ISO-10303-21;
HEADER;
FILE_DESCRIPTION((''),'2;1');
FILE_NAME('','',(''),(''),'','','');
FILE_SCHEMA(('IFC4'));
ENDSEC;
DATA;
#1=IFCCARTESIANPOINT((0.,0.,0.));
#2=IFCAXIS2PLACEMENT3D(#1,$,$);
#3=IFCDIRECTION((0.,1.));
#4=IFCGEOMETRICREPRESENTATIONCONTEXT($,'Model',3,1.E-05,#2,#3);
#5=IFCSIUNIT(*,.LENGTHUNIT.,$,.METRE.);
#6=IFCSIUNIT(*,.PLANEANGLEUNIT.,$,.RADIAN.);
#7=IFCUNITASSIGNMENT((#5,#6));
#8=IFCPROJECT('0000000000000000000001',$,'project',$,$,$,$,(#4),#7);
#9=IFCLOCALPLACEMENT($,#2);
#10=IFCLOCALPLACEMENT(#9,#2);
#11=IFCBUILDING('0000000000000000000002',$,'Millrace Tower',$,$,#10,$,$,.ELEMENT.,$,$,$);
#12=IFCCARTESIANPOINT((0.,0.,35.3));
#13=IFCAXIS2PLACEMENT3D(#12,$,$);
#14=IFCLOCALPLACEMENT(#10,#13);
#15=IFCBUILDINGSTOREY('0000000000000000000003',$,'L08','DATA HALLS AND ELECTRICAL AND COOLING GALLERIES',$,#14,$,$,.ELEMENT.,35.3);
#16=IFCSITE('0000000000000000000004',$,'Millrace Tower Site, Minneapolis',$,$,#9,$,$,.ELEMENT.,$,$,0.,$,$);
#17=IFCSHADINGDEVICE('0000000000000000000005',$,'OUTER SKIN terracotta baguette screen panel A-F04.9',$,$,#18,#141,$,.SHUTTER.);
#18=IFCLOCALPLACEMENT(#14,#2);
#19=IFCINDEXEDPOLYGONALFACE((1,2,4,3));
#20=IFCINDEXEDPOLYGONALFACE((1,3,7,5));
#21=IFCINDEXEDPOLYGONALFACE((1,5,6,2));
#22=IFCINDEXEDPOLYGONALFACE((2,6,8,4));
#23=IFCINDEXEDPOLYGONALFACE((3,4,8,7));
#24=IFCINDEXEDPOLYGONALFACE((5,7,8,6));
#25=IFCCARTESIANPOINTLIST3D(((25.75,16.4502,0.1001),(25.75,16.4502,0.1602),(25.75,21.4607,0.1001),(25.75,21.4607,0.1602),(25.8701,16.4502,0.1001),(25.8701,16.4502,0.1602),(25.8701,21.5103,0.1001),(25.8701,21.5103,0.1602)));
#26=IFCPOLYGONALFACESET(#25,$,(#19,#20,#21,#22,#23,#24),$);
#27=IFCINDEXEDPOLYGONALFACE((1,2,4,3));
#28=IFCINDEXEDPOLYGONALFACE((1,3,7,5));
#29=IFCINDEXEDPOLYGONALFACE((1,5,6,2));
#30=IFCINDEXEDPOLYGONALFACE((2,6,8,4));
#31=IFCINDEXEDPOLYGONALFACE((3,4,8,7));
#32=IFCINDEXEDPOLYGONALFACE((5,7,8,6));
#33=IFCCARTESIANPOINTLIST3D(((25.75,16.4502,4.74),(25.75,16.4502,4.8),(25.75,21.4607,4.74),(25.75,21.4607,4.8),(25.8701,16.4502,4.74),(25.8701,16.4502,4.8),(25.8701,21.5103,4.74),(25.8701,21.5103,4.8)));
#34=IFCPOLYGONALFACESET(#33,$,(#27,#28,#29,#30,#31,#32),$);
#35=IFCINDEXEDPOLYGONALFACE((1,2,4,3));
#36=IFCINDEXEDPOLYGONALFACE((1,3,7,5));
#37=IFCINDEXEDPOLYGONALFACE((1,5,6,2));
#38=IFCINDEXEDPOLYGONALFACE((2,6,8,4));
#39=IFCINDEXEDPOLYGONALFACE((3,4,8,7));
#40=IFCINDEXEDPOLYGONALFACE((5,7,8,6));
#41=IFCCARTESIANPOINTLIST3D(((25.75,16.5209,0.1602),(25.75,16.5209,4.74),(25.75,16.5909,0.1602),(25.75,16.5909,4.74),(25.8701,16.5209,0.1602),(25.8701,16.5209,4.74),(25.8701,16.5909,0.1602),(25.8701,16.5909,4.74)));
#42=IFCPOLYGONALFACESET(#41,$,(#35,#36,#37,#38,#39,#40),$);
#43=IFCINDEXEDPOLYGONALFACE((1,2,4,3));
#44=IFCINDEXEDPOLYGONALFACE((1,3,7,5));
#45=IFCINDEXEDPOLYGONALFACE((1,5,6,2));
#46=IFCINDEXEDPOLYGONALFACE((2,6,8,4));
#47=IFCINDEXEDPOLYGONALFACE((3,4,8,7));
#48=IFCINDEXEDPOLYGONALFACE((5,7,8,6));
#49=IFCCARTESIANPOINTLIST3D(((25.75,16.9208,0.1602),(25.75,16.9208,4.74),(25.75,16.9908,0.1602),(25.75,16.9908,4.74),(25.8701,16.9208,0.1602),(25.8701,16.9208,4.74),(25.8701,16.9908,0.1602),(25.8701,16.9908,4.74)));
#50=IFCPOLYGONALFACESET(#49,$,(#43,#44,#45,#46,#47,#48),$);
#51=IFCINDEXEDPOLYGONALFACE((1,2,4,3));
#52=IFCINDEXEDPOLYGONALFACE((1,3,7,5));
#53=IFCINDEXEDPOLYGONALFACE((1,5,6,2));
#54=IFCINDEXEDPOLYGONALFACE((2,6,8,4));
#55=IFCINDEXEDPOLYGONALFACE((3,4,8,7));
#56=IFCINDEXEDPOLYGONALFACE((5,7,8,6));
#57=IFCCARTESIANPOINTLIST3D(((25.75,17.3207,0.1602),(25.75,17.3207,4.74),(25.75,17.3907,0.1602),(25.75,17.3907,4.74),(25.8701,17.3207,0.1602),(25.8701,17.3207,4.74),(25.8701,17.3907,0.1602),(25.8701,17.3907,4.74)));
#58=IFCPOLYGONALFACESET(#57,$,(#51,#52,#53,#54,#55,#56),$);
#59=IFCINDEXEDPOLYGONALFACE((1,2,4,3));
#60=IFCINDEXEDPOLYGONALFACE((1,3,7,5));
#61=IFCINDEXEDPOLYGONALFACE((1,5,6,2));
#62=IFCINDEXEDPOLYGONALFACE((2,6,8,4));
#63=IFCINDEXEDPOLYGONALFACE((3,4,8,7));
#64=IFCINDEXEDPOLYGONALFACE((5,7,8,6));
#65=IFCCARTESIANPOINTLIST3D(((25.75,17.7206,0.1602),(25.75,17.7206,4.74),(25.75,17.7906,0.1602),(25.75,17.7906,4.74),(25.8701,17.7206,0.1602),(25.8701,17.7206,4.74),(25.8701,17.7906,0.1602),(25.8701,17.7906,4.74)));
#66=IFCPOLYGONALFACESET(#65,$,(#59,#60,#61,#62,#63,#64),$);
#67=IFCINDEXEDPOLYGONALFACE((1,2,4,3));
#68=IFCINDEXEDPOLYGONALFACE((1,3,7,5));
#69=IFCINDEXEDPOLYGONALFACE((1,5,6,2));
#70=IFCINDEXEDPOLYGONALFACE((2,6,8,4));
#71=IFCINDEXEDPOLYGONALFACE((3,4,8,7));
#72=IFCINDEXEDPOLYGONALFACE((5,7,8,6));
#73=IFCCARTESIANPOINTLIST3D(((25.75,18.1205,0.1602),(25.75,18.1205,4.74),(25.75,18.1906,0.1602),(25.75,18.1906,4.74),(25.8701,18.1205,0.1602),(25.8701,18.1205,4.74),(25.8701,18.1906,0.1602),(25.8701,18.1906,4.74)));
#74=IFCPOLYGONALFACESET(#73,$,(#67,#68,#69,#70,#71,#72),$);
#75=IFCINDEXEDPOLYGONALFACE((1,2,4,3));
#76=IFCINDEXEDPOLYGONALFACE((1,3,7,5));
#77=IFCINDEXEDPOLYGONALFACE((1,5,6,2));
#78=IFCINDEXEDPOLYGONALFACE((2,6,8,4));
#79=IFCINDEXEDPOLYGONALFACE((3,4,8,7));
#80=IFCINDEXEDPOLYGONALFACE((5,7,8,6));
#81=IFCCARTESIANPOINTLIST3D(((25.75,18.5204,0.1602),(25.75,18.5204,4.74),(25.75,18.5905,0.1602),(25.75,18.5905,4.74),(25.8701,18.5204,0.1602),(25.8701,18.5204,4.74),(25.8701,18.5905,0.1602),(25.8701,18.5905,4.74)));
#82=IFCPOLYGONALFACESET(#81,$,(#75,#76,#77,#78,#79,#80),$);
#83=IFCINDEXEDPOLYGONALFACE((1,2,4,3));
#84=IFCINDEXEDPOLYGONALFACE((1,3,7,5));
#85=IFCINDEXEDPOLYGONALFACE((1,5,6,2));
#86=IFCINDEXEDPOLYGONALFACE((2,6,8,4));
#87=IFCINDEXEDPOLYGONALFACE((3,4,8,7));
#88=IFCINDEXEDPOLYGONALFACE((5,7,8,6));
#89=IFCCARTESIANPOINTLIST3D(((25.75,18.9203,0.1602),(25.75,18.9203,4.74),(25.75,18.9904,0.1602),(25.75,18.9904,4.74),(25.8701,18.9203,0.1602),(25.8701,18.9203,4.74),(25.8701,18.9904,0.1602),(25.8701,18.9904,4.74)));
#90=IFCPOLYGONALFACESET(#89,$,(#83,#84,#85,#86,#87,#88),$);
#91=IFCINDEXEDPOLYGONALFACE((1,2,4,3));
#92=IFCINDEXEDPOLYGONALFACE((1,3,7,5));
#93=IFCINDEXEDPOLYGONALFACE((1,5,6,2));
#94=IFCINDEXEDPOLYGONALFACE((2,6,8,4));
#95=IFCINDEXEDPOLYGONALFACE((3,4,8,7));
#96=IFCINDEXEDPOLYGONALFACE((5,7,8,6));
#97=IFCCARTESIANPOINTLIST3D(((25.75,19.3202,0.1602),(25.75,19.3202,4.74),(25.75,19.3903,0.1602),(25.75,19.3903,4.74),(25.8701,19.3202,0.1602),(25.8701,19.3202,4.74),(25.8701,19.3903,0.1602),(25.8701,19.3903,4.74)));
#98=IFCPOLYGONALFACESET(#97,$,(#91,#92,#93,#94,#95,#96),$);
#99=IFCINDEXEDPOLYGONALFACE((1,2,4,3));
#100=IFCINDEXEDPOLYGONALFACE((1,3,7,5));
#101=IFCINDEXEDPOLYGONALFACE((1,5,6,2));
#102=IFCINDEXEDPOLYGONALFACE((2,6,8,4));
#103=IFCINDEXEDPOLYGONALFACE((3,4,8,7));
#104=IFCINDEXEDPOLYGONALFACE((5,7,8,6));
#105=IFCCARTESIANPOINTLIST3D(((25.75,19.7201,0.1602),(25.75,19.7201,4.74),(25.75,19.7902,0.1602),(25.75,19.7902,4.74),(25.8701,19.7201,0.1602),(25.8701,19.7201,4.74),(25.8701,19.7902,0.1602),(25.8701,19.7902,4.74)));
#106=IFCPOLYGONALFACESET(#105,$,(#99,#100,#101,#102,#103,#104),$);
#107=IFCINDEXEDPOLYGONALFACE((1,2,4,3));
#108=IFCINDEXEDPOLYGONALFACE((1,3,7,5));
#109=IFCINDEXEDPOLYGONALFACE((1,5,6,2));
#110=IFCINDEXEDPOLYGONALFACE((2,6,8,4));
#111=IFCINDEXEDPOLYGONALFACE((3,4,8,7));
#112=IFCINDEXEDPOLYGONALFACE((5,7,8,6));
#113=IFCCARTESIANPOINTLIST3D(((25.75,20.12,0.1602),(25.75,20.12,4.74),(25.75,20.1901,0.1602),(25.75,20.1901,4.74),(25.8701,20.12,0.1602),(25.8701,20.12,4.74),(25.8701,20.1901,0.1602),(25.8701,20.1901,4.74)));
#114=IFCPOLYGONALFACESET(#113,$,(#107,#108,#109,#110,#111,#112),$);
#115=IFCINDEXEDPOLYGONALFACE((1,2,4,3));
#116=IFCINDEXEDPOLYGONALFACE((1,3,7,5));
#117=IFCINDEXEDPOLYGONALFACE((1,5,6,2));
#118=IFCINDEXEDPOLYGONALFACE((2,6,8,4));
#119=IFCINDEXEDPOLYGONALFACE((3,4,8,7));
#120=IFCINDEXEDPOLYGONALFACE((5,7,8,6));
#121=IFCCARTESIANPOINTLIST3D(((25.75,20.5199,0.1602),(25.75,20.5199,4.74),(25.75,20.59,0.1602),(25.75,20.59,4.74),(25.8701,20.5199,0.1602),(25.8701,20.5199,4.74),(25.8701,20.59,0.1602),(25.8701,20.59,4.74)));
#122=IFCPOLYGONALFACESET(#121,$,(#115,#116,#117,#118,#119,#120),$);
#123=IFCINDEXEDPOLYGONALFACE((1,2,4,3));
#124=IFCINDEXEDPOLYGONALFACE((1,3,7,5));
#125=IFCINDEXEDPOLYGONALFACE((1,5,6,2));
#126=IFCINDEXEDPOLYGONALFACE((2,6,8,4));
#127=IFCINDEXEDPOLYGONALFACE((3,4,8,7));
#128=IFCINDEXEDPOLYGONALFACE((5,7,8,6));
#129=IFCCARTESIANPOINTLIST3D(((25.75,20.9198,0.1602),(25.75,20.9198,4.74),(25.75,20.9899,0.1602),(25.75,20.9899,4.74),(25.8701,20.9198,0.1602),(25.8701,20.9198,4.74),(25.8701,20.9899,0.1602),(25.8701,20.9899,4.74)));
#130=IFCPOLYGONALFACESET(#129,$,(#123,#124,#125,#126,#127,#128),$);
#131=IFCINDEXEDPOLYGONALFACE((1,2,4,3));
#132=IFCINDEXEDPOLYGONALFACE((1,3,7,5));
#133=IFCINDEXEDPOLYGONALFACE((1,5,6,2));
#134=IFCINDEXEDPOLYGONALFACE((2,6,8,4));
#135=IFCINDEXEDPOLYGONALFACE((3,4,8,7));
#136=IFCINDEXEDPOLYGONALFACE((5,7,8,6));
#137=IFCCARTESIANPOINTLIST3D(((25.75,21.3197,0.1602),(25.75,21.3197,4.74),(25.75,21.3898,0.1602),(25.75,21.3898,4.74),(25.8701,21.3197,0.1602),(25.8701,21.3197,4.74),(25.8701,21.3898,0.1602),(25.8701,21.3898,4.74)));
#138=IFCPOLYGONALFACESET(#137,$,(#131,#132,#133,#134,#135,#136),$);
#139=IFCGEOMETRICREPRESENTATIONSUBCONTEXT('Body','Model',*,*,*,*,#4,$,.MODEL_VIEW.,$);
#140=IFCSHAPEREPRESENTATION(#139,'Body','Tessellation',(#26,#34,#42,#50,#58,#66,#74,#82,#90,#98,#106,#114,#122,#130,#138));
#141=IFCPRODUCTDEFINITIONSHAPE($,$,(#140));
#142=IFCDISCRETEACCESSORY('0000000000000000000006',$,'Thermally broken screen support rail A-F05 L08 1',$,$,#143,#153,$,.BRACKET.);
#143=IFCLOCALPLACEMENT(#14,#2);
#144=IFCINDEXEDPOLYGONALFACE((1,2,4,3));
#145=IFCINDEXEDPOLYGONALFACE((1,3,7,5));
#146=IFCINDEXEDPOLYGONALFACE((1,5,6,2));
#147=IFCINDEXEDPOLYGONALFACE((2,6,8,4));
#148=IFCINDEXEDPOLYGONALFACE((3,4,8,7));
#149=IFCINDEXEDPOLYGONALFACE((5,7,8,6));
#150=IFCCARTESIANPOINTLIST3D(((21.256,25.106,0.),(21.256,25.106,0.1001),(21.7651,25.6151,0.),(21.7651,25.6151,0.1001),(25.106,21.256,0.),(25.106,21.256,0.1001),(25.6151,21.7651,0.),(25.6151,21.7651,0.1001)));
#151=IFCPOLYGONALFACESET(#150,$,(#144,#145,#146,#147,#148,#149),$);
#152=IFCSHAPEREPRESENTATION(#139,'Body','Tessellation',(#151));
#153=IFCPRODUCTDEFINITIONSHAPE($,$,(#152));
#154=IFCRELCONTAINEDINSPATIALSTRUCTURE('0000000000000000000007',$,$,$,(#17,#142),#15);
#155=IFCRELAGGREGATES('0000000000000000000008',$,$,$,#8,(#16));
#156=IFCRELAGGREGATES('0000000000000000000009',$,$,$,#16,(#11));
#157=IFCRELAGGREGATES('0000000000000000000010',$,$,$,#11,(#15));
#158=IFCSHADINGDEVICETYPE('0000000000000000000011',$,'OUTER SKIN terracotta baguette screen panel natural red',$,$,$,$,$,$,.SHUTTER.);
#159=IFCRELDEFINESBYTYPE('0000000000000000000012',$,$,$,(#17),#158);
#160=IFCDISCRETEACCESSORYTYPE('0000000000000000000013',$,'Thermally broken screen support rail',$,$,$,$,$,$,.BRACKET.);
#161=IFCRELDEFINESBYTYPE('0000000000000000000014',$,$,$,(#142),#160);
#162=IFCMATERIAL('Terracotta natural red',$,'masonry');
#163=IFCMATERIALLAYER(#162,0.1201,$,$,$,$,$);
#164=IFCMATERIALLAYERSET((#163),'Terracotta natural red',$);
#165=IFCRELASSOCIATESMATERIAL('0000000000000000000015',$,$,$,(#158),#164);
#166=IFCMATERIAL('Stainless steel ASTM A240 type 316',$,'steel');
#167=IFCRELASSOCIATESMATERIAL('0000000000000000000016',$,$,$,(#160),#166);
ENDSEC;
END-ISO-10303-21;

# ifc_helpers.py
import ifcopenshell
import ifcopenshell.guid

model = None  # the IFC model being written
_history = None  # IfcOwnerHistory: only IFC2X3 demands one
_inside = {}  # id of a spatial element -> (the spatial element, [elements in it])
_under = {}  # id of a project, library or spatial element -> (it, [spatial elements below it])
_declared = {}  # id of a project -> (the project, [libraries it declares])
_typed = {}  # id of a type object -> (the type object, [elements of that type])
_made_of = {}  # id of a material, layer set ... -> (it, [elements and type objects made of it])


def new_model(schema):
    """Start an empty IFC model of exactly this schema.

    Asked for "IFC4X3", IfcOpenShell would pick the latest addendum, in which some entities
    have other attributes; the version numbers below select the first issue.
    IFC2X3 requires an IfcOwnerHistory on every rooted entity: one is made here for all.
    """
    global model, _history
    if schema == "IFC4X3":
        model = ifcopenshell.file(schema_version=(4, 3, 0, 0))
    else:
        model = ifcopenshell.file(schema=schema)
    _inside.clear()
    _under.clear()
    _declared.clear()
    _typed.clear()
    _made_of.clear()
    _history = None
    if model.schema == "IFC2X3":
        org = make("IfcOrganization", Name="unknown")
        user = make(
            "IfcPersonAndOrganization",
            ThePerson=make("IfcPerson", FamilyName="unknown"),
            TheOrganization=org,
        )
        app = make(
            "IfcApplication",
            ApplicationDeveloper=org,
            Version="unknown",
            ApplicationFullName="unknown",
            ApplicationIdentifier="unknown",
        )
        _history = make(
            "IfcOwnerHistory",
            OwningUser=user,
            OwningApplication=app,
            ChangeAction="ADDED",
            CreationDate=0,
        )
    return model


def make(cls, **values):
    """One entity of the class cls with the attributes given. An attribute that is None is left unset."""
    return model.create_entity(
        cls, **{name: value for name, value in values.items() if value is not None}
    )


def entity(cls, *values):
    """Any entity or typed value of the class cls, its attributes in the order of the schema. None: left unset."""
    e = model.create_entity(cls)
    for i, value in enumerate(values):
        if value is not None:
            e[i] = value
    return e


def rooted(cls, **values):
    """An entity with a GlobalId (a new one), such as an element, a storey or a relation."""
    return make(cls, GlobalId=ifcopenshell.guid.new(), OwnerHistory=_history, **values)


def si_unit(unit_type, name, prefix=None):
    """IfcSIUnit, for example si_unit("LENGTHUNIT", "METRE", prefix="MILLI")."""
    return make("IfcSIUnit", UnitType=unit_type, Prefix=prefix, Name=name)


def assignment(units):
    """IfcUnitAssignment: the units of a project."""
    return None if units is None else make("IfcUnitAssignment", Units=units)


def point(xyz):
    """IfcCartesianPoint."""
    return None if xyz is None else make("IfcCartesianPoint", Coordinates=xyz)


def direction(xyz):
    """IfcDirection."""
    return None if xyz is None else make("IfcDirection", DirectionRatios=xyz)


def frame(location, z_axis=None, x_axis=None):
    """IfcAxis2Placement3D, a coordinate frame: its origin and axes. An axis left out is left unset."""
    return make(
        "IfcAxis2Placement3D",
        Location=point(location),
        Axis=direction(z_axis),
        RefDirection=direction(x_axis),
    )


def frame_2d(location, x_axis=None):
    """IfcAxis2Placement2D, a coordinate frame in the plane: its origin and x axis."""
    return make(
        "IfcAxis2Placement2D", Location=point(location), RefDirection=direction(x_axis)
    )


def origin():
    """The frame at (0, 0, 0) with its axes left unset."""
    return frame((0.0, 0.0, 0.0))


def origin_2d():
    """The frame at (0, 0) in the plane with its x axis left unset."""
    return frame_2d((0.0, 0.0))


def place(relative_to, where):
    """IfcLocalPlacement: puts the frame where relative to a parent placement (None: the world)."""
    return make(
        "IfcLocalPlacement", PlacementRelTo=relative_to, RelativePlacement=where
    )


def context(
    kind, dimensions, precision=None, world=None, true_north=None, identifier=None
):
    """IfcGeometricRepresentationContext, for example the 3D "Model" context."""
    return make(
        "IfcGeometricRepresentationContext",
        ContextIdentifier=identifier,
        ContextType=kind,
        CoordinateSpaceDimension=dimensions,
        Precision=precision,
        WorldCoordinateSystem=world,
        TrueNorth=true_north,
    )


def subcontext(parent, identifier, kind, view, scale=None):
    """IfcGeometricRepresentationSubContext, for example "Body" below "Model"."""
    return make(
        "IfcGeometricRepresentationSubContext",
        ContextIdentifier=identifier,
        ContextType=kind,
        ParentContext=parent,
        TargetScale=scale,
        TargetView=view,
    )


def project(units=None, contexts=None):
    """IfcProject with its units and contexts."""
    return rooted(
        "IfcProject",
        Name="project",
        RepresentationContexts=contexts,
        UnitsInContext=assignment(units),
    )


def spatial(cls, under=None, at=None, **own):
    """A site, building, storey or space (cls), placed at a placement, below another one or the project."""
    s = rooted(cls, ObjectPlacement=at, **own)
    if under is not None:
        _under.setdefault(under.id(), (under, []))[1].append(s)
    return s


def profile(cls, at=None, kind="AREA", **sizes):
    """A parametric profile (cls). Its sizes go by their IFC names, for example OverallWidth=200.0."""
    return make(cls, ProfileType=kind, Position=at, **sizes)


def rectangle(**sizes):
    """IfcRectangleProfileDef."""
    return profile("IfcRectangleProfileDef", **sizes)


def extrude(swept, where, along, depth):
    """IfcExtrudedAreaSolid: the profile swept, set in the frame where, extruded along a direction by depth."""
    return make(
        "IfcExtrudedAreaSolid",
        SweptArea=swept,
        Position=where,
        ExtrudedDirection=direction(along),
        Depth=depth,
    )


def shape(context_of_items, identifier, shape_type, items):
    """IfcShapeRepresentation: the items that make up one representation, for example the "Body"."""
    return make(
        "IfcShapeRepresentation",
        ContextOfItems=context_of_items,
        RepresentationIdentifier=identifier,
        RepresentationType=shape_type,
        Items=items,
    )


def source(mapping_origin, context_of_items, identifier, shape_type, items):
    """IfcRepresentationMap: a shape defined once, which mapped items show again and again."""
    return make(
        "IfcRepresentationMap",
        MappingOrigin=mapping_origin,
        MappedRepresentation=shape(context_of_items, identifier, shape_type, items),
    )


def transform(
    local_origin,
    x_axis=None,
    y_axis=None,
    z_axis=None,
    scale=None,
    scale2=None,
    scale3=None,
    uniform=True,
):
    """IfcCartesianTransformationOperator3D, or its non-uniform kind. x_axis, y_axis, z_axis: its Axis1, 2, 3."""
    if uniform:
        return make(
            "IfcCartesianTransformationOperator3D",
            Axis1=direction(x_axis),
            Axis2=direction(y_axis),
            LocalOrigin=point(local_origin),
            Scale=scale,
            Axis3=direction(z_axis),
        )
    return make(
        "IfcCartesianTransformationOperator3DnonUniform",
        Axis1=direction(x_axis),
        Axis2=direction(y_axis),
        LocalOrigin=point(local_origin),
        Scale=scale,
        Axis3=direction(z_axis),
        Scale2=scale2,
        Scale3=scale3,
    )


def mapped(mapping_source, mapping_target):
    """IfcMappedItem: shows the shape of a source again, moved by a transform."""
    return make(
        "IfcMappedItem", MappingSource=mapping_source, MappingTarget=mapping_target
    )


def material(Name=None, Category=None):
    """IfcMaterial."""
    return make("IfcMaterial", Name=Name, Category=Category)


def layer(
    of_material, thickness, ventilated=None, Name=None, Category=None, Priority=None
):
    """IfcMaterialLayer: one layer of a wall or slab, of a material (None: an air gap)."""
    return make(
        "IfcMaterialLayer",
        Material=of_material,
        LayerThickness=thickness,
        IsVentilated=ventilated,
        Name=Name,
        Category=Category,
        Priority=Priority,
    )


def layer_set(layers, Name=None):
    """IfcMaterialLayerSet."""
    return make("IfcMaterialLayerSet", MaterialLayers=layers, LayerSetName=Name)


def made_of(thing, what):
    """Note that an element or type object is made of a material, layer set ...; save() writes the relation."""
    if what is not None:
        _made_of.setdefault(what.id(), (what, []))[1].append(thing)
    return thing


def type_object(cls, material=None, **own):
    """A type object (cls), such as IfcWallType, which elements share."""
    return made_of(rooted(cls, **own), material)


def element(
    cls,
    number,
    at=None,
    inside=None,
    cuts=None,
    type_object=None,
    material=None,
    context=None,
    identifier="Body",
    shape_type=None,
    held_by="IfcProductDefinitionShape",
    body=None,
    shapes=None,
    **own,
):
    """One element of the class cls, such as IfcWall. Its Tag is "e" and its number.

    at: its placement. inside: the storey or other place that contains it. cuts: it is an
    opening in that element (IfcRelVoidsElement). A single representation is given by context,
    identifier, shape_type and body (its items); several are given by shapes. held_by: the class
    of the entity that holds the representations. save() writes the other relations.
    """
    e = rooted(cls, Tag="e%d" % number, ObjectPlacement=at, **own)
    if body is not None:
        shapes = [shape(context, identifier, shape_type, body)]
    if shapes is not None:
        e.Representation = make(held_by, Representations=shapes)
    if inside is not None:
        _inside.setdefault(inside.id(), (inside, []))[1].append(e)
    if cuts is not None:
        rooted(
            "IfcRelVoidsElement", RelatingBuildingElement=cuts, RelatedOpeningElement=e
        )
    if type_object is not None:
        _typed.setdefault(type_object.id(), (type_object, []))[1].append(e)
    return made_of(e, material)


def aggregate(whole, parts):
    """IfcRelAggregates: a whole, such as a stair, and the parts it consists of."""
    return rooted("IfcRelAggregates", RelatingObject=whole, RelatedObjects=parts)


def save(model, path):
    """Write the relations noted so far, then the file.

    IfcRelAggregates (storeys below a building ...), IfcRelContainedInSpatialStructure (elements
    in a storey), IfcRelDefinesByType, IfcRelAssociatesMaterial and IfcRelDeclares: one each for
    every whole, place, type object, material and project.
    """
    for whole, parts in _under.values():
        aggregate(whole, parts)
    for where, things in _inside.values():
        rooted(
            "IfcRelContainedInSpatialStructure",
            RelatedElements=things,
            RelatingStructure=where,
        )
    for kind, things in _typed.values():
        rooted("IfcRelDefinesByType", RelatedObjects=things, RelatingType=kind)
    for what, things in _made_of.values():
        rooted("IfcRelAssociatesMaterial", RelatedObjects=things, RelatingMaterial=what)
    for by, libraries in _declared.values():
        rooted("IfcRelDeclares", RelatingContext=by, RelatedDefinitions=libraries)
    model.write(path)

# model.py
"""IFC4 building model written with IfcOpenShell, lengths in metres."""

from ifc_helpers import new_model, entity, si_unit, direction, frame, frame_2d, origin, origin_2d, place, context, subcontext, project, spatial, rectangle, extrude, source, transform, mapped, material, layer, layer_set, type_object, element, save


model = new_model("IFC4")

# Units and contexts
model_context = context("Model", 3, precision=1e-05, world=origin(), true_north=direction((0.0, 1.0)))
body_context = subcontext(model_context, "Body", "Model", "MODEL_VIEW")
ifc_project = project(units=[si_unit("LENGTHUNIT", "METRE"), si_unit("PLANEANGLEUNIT", "RADIAN")], contexts=[model_context])

# Site, building, storey
site_placement = place(None, origin())
site = spatial("IfcSite", under=ifc_project, at=site_placement, Name="Millrace Tower Site, Minneapolis", CompositionType="ELEMENT", RefElevation=0.0)
building_placement = place(site_placement, origin())
building = spatial("IfcBuilding", under=site, at=building_placement, Name="Millrace Tower", CompositionType="ELEMENT")
storey_placement = place(building_placement, frame((0.0, 0.0, 35.3)))
storey = spatial("IfcBuildingStorey", under=building, at=storey_placement, Name="L08", Description="DATA HALLS AND ELECTRICAL AND COOLING GALLERIES", CompositionType="ELEMENT", Elevation=35.3)

# Shading device
ifc_material_1 = material(Name="Terracotta natural red", Category="masonry")
ifc_layer_1 = layer(ifc_material_1, 0.1201)
ifc_layer_set_1 = layer_set([ifc_layer_1], Name="Terracotta natural red")
shading_device_type_1 = type_object("IfcShadingDeviceType", Name="OUTER SKIN terracotta baguette screen panel natural red", PredefinedType="SHUTTER", material=ifc_layer_set_1)
cartesian_point_1 = entity("IfcCartesianPoint", [-2.5176, 0.0601])
shared_polyline_1 = entity("IfcPolyline", [cartesian_point_1, entity("IfcCartesianPoint", [2.4929, 0.0601]), entity("IfcCartesianPoint", [2.5425, -0.0601]), entity("IfcCartesianPoint", [-2.5176, -0.0601]), cartesian_point_1])
shared_shape_1 = source(origin(), body_context, "Body", "SweptSolid", [
    entity("IfcExtrudedAreaSolid", entity("IfcArbitraryClosedProfileDef", "AREA", None, shared_polyline_1), entity("IfcAxis2Placement3D", entity("IfcCartesianPoint", [0.0, 0.0, 0.0])), entity("IfcDirection", [0.0, 0.0, 1.0]), 0.0601),
    entity("IfcExtrudedAreaSolid", entity("IfcArbitraryClosedProfileDef", "AREA", None, shared_polyline_1), entity("IfcAxis2Placement3D", entity("IfcCartesianPoint", [0.0, 0.0, 4.6399])), entity("IfcDirection", [0.0, 0.0, 1.0]), 0.0601),
    extrude(rectangle(XDim=0.0701, YDim=0.1201, at=frame_2d((-2.4119, 0.0))), frame((0.0, 0.0, 0.0601)), (0.0, 0.0, 1.0), 4.5798),
    extrude(rectangle(XDim=0.0701, YDim=0.1201, at=frame_2d((-2.012, 0.0))), frame((0.0, 0.0, 0.0601)), (0.0, 0.0, 1.0), 4.5798),
    extrude(rectangle(XDim=0.0701, YDim=0.1201, at=frame_2d((-1.6121, 0.0))), frame((0.0, 0.0, 0.0601)), (0.0, 0.0, 1.0), 4.5798),
    extrude(rectangle(XDim=0.0701, YDim=0.1201, at=frame_2d((-1.2122, 0.0))), frame((0.0, 0.0, 0.0601)), (0.0, 0.0, 1.0), 4.5798),
    extrude(rectangle(XDim=0.0701, YDim=0.1201, at=frame_2d((-0.8123, 0.0))), frame((0.0, 0.0, 0.0601)), (0.0, 0.0, 1.0), 4.5798),
    extrude(rectangle(XDim=0.0701, YDim=0.1201, at=frame_2d((-0.4124, 0.0))), frame((0.0, 0.0, 0.0601)), (0.0, 0.0, 1.0), 4.5798),
    extrude(rectangle(XDim=0.0701, YDim=0.1201, at=frame_2d((-0.0125, 0.0))), frame((0.0, 0.0, 0.0601)), (0.0, 0.0, 1.0), 4.5798),
    extrude(rectangle(XDim=0.0701, YDim=0.1201, at=frame_2d((0.3875, 0.0))), frame((0.0, 0.0, 0.0601)), (0.0, 0.0, 1.0), 4.5798),
    extrude(rectangle(XDim=0.0701, YDim=0.1201, at=frame_2d((0.7874, 0.0))), frame((0.0, 0.0, 0.0601)), (0.0, 0.0, 1.0), 4.5798),
    extrude(rectangle(XDim=0.0701, YDim=0.1201, at=frame_2d((1.1873, 0.0))), frame((0.0, 0.0, 0.0601)), (0.0, 0.0, 1.0), 4.5798),
    extrude(rectangle(XDim=0.0701, YDim=0.1201, at=frame_2d((1.5872, 0.0))), frame((0.0, 0.0, 0.0601)), (0.0, 0.0, 1.0), 4.5798),
    extrude(rectangle(XDim=0.0701, YDim=0.1201, at=frame_2d((1.9871, 0.0))), frame((0.0, 0.0, 0.0601)), (0.0, 0.0, 1.0), 4.5798),
    extrude(rectangle(XDim=0.0701, YDim=0.1201, at=frame_2d((2.387, 0.0))), frame((0.0, 0.0, 0.0601)), (0.0, 0.0, 1.0), 4.5798),
])
shading_device_1_placement = place(storey_placement, frame((25.8101, 18.9678, 0.1001), z_axis=(0.0, 0.0, 1.0), x_axis=(0.0, 1.0, 0.0)))
element("IfcShadingDevice", 1, at=shading_device_1_placement, inside=storey, type_object=shading_device_type_1, Name="OUTER SKIN terracotta baguette screen panel A-F04.9", PredefinedType="SHUTTER", context=body_context, shape_type="MappedRepresentation", body=[
    mapped(shared_shape_1, transform((0.0, 0.0, 0.0), scale=1.0)),
])

# Discrete accessory
ifc_material_2 = material(Name="Stainless steel ASTM A240 type 316", Category="steel")
discrete_accessory_type = type_object("IfcDiscreteAccessoryType", Name="Thermally broken screen support rail", PredefinedType="BRACKET", material=ifc_material_2)
discrete_accessory_placement = place(storey_placement, frame((23.4355, 23.4355, 0.0), z_axis=(0.0, 0.0, 1.0), x_axis=(-0.707107, 0.707107, 0.0)))
element("IfcDiscreteAccessory", 2, at=discrete_accessory_placement, inside=storey, type_object=discrete_accessory_type, Name="Thermally broken screen support rail A-F05 L08 1", PredefinedType="BRACKET", context=body_context, shape_type="SweptSolid", body=[
    extrude(rectangle(XDim=5.4448, YDim=0.72, at=origin_2d()), origin(), (0.0, 0.0, 1.0), 0.1001),
])

save(model, "model.ifc")
